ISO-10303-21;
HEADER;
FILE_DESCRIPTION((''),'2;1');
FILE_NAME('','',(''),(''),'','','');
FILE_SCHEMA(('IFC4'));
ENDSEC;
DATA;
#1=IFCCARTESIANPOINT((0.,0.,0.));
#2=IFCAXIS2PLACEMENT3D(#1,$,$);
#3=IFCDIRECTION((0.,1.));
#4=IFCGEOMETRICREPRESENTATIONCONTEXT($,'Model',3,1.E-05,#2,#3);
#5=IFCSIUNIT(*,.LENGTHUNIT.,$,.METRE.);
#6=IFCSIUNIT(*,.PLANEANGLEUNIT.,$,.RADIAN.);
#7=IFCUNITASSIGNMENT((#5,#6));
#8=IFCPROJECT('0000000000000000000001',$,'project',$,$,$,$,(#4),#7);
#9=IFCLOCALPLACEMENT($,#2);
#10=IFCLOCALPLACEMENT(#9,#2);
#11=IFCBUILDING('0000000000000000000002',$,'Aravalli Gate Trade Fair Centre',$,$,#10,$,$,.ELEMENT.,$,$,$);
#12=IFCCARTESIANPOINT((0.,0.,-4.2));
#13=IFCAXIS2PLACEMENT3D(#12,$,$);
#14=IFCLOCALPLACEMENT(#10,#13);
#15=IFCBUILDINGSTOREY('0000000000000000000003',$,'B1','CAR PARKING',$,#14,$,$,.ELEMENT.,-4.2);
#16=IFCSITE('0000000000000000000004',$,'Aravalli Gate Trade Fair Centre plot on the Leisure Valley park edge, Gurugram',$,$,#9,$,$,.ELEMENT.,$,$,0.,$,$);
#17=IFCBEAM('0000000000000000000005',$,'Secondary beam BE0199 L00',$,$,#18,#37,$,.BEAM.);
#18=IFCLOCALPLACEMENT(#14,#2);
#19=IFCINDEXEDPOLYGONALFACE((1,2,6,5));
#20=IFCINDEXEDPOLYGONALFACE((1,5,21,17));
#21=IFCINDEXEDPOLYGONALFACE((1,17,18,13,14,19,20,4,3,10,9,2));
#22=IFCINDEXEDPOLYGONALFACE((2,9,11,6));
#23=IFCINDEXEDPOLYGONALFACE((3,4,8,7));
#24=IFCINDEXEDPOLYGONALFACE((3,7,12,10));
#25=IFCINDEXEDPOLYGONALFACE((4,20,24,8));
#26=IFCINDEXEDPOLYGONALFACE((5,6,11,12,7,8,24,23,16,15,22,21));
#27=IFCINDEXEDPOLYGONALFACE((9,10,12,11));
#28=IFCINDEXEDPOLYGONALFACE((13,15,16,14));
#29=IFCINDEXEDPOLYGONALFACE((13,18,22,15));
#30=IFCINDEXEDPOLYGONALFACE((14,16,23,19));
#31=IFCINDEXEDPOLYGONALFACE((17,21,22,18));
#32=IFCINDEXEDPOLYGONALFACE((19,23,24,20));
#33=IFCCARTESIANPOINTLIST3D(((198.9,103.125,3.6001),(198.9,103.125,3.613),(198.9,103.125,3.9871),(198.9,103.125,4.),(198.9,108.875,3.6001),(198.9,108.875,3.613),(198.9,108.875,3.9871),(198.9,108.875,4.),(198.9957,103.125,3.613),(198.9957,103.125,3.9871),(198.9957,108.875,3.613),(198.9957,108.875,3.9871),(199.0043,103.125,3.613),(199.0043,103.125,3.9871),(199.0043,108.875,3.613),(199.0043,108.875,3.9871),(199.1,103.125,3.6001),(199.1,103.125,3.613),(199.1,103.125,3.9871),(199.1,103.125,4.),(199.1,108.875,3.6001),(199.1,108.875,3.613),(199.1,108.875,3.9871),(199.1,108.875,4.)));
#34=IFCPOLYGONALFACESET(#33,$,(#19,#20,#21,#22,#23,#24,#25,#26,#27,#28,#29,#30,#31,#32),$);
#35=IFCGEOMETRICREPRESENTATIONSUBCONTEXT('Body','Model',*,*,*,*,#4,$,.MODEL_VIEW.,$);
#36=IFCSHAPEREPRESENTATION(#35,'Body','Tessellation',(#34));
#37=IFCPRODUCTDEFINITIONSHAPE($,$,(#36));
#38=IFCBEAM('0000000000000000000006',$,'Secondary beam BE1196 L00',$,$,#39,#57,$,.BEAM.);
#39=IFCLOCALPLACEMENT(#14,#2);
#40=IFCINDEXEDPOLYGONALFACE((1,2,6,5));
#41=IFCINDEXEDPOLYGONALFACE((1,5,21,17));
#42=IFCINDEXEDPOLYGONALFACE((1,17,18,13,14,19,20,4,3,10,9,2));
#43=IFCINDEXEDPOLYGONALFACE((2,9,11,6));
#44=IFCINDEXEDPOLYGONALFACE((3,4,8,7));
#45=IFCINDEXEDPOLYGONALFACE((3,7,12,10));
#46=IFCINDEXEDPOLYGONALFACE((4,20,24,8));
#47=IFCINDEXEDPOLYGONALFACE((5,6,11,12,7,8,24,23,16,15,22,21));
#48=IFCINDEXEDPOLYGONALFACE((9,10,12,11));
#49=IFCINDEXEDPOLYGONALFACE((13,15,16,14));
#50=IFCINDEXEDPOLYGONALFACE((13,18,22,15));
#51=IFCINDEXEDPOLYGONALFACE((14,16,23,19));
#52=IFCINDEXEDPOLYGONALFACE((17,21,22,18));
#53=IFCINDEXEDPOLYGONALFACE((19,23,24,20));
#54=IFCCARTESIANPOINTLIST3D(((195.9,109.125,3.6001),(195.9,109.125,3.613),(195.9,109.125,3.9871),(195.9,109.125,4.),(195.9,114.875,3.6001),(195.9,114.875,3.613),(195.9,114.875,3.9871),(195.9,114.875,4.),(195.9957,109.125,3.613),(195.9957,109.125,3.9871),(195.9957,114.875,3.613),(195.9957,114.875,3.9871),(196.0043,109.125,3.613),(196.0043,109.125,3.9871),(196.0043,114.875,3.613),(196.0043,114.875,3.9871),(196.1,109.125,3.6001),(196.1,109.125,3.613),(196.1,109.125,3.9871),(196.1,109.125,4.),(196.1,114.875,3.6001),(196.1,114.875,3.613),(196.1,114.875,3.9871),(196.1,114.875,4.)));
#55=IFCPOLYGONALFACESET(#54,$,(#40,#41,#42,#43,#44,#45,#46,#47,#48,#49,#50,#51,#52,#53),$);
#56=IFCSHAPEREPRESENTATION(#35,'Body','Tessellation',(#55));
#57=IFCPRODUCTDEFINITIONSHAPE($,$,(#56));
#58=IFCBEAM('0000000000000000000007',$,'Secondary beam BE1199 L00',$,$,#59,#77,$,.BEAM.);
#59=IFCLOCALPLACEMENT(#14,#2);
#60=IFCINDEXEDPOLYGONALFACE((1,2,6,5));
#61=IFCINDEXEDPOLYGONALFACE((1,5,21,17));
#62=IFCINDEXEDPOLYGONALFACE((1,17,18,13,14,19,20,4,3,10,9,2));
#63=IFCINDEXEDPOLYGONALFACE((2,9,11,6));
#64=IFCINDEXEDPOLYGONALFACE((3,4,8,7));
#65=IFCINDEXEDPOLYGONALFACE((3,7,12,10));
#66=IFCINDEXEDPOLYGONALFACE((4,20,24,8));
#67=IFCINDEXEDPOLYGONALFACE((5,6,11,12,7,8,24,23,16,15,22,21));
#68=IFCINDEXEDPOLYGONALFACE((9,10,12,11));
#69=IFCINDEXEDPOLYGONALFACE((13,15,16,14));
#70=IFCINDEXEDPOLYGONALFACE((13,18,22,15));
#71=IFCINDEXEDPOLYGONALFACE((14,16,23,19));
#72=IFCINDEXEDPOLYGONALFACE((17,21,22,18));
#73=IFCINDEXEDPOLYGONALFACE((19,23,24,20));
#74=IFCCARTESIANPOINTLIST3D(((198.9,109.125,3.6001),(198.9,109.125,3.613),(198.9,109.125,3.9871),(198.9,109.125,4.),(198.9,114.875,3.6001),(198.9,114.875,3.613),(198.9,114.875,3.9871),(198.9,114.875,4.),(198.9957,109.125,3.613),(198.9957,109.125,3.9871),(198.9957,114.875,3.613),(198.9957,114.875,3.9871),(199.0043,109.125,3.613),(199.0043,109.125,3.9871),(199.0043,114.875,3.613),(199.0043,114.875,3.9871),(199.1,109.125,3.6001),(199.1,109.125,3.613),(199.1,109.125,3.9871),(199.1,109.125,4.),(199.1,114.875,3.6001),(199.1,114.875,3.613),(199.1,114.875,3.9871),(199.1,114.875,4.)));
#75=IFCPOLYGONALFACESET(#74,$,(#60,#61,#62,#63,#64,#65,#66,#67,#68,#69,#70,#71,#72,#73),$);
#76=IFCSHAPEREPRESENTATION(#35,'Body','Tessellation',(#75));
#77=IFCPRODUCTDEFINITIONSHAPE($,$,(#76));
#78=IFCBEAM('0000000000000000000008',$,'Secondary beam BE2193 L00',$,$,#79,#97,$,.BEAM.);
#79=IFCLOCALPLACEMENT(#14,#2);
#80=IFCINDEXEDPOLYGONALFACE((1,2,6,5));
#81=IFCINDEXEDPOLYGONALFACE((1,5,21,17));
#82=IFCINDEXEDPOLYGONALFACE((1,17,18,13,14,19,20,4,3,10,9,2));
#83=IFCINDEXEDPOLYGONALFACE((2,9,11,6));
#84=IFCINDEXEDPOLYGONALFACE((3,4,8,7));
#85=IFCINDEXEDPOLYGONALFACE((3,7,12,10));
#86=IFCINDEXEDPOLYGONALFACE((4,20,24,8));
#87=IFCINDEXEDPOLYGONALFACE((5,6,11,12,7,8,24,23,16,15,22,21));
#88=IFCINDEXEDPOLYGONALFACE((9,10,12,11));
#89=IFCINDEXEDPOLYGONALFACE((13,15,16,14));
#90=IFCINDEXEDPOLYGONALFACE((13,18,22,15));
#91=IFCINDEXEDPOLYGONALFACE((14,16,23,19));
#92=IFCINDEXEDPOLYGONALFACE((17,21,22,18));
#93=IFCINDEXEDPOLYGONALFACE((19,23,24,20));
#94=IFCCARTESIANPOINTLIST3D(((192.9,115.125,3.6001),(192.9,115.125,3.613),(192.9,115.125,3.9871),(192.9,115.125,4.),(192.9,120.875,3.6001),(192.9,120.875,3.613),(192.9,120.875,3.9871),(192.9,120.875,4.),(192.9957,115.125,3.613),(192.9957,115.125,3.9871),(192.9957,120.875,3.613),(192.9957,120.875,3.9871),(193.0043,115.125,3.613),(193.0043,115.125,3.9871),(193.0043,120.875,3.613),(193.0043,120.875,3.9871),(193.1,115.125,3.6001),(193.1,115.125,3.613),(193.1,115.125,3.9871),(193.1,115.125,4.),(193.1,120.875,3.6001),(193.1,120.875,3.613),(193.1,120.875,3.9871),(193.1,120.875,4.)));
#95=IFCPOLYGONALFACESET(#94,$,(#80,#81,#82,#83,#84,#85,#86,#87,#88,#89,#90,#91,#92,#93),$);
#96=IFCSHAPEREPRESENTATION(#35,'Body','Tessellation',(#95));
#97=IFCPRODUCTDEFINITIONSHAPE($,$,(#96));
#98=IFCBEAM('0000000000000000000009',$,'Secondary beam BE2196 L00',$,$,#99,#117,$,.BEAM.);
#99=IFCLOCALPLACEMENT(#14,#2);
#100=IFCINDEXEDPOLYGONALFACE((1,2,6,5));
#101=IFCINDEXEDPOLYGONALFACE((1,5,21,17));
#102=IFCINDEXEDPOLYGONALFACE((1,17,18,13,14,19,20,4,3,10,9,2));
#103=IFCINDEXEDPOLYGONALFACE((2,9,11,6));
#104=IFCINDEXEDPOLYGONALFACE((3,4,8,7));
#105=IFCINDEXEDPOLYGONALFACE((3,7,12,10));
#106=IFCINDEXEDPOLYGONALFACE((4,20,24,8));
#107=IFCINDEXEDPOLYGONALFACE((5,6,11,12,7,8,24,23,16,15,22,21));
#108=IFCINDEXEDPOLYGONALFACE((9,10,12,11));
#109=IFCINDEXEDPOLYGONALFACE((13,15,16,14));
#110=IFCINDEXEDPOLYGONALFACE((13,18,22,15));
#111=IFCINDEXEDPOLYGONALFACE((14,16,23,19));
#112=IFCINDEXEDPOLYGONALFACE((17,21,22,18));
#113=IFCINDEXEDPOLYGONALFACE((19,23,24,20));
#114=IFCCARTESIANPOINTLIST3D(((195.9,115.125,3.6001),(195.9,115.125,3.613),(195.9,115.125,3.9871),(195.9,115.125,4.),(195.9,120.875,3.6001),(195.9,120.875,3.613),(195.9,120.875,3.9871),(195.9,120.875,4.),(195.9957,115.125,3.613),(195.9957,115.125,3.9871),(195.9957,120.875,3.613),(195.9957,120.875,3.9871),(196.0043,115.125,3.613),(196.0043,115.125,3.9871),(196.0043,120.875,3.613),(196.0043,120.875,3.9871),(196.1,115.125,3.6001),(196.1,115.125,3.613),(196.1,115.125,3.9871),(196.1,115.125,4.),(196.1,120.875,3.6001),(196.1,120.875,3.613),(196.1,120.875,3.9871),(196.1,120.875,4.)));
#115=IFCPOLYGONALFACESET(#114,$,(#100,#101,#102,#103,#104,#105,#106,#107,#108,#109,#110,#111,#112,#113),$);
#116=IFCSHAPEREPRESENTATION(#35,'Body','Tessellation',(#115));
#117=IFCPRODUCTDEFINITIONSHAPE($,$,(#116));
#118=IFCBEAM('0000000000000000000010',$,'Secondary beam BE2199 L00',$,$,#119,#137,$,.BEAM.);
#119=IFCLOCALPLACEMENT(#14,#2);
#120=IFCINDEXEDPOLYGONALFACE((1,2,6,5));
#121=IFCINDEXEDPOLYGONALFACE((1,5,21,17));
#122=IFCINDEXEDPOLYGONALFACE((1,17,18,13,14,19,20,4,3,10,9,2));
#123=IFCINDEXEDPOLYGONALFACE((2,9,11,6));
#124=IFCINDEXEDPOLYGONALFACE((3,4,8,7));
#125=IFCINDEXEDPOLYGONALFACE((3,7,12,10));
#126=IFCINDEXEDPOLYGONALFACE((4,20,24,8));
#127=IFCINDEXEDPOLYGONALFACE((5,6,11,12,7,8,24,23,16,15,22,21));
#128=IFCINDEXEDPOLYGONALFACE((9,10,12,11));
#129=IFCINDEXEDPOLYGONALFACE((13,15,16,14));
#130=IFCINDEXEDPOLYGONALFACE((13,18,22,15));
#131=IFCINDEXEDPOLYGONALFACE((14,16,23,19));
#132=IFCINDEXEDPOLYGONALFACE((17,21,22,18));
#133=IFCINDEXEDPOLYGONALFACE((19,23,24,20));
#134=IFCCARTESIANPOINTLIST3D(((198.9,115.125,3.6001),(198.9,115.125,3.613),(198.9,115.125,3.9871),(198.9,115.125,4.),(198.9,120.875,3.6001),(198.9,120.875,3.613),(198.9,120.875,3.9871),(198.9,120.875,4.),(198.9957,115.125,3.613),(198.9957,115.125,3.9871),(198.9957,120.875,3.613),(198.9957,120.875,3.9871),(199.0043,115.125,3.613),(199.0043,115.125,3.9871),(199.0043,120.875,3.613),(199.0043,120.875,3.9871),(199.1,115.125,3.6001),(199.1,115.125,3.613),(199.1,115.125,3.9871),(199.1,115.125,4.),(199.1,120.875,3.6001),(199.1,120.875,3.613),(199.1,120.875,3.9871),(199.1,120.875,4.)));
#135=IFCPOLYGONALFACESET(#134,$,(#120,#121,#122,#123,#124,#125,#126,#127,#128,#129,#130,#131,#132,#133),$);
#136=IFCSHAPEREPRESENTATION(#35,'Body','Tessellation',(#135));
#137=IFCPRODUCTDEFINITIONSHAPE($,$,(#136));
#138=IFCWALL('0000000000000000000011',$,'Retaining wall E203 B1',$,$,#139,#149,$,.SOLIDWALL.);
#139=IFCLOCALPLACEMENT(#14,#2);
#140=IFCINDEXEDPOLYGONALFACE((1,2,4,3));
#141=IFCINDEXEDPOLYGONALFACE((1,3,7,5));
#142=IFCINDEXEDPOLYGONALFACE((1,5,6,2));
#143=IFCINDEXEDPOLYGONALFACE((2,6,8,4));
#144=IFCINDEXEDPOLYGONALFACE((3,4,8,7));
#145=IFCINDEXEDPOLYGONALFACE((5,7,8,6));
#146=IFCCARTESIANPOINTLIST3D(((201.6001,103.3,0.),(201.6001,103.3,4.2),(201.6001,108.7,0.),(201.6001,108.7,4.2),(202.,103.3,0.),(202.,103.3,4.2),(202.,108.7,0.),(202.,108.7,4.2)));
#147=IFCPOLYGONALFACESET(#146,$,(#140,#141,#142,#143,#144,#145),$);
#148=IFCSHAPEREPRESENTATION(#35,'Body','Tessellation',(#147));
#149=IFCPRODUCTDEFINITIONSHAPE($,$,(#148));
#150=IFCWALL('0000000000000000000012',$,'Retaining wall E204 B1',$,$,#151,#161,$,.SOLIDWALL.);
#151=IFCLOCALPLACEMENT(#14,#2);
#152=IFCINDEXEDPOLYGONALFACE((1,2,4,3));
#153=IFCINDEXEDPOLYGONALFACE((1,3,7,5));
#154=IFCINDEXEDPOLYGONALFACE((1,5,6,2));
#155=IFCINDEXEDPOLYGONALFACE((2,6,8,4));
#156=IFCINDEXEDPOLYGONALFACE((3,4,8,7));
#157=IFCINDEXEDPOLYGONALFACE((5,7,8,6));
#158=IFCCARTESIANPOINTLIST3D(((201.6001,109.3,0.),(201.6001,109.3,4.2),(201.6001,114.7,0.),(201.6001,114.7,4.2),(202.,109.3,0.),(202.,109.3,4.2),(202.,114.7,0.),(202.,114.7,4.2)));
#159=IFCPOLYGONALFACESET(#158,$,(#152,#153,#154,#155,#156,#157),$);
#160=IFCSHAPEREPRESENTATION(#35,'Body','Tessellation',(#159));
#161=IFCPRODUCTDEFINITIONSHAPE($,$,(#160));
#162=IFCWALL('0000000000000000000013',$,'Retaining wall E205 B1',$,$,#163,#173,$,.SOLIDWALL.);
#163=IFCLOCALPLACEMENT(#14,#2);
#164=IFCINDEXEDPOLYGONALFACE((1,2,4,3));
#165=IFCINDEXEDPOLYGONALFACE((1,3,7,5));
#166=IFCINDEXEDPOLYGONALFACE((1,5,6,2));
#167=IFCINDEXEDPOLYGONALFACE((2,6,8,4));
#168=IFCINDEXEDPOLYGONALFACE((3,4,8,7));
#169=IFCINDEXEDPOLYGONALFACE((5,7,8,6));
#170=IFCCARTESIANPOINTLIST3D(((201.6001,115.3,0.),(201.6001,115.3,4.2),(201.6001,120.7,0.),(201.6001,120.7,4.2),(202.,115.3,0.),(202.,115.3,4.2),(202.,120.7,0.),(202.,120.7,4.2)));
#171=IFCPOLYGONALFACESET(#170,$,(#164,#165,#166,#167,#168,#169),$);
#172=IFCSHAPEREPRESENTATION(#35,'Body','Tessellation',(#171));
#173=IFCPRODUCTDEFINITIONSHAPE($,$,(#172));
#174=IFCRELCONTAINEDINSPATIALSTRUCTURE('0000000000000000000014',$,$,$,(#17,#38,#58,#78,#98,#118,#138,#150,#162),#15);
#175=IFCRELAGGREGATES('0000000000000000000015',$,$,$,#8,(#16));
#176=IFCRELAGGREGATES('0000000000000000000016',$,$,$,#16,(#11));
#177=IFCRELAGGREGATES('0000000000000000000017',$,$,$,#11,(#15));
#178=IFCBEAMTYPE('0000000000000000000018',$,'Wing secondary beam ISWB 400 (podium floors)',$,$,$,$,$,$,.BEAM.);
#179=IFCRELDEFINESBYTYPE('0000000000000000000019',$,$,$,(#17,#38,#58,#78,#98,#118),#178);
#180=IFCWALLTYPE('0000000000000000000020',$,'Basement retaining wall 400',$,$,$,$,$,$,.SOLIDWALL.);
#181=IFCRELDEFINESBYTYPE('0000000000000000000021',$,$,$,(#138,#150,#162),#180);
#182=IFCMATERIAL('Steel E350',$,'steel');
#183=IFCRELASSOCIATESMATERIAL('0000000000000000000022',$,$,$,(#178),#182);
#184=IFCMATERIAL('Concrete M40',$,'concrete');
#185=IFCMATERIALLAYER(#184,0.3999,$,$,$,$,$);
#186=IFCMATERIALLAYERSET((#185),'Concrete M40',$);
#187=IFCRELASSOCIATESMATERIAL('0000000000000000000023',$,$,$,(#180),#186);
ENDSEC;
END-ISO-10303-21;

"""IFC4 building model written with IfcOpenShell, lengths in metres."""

from ifc_helpers import new_model, si_unit, direction, frame, frame_2d, origin, origin_2d, place, context, subcontext, project, spatial, rectangle, i_section, extrude, material, layer, layer_set, material_profile, profile_set, type_object, element, save


model = new_model("IFC4")

# Units and contexts
model_context = context("Model", 3, precision=1e-05, world=origin(), true_north=direction((0.0, 1.0)))
body_context = subcontext(model_context, "Body", "Model", "MODEL_VIEW")
ifc_project = project(units=[si_unit("LENGTHUNIT", "METRE"), si_unit("PLANEANGLEUNIT", "RADIAN")], contexts=[model_context])

# Site, building, storey
site_placement = place(None, origin())
site = spatial("IfcSite", under=ifc_project, at=site_placement, Name="Aravalli Gate Trade Fair Centre plot on the Leisure Valley park edge, Gurugram", CompositionType="ELEMENT", RefElevation=0.0)
building_placement = place(site_placement, origin())
building = spatial("IfcBuilding", under=site, at=building_placement, Name="Aravalli Gate Trade Fair Centre", CompositionType="ELEMENT")
storey_placement = place(building_placement, frame((0.0, 0.0, -4.2)))
storey = spatial("IfcBuildingStorey", under=building, at=storey_placement, Name="B1", Description="CAR PARKING", CompositionType="ELEMENT", Elevation=-4.2)

# Shared definitions
ifc_material_1 = material(Name="Steel E350", Category="steel")

# Beams
ifc_material_profile_1 = material_profile(ifc_material_1, i_section(OverallWidth=0.2, OverallDepth=0.3999, WebThickness=0.0085, FlangeThickness=0.0129, at=origin_2d()), Name="ISWB 400")
ifc_profile_set_1 = profile_set([ifc_material_profile_1], Name="Steel E350")
beam_type_1 = type_object("IfcBeamType", Name="Wing secondary beam ISWB 400 (podium floors)", PredefinedType="BEAM", material=ifc_profile_set_1)
for number, where, z_axis, x_axis, name in (
    (1, (199.0, 103.125, 3.8), (0.0, 1.0, 0.0), (-1.0, 0.0, 0.0), "Secondary beam BE0199 L00"),
    (2, (196.0, 109.125, 3.8), (0.0, 1.0, 0.0), (-1.0, 0.0, 0.0), "Secondary beam BE1196 L00"),
    (3, (199.0, 109.125, 3.8), (0.0, 1.0, 0.0), (-1.0, 0.0, 0.0), "Secondary beam BE1199 L00"),
    (4, (193.0, 115.125, 3.8), (0.0, 1.0, 0.0), (-1.0, 0.0, 0.0), "Secondary beam BE2193 L00"),
    (5, (196.0, 115.125, 3.8), (0.0, 1.0, 0.0), (-1.0, 0.0, 0.0), "Secondary beam BE2196 L00"),
    (6, (199.0, 115.125, 3.8), (0.0, 1.0, 0.0), (-1.0, 0.0, 0.0), "Secondary beam BE2199 L00"),
):
    element("IfcBeam", number, at=place(storey_placement, frame(where, z_axis=z_axis, x_axis=x_axis)), inside=storey, type_object=beam_type_1, Name=name, PredefinedType="BEAM", context=body_context, shape_type="SweptSolid", body=[
        extrude(i_section(OverallWidth=0.2, OverallDepth=0.3999, WebThickness=0.0085, FlangeThickness=0.0129, at=origin_2d()), origin(), (0.0, 0.0, 1.0), 5.75),
    ])

# Walls
ifc_material_2 = material(Name="Concrete M40", Category="concrete")
ifc_layer = layer(ifc_material_2, 0.3999)
ifc_layer_set = layer_set([ifc_layer], Name="Concrete M40")
wall_type = type_object("IfcWallType", Name="Basement retaining wall 400", PredefinedType="SOLIDWALL", material=ifc_layer_set)
for number, where, z_axis, x_axis, name in (
    (7, (201.8, 103.3, 0.0), (0.0, 0.0, 1.0), (0.0, 1.0, 0.0), "Retaining wall E203 B1"),
    (8, (201.8, 109.3, 0.0), (0.0, 0.0, 1.0), (0.0, 1.0, 0.0), "Retaining wall E204 B1"),
    (9, (201.8, 115.3, 0.0), (0.0, 0.0, 1.0), (0.0, 1.0, 0.0), "Retaining wall E205 B1"),
):
    element("IfcWall", number, at=place(storey_placement, frame(where, z_axis=z_axis, x_axis=x_axis)), inside=storey, type_object=wall_type, Name=name, PredefinedType="SOLIDWALL", context=body_context, shape_type="SweptSolid", body=[
        extrude(rectangle(XDim=5.3999, YDim=0.3999, at=frame_2d((2.7, 0.0))), origin(), (0.0, 0.0, 1.0), 4.2),
    ])

save(model, "model.ifc")
